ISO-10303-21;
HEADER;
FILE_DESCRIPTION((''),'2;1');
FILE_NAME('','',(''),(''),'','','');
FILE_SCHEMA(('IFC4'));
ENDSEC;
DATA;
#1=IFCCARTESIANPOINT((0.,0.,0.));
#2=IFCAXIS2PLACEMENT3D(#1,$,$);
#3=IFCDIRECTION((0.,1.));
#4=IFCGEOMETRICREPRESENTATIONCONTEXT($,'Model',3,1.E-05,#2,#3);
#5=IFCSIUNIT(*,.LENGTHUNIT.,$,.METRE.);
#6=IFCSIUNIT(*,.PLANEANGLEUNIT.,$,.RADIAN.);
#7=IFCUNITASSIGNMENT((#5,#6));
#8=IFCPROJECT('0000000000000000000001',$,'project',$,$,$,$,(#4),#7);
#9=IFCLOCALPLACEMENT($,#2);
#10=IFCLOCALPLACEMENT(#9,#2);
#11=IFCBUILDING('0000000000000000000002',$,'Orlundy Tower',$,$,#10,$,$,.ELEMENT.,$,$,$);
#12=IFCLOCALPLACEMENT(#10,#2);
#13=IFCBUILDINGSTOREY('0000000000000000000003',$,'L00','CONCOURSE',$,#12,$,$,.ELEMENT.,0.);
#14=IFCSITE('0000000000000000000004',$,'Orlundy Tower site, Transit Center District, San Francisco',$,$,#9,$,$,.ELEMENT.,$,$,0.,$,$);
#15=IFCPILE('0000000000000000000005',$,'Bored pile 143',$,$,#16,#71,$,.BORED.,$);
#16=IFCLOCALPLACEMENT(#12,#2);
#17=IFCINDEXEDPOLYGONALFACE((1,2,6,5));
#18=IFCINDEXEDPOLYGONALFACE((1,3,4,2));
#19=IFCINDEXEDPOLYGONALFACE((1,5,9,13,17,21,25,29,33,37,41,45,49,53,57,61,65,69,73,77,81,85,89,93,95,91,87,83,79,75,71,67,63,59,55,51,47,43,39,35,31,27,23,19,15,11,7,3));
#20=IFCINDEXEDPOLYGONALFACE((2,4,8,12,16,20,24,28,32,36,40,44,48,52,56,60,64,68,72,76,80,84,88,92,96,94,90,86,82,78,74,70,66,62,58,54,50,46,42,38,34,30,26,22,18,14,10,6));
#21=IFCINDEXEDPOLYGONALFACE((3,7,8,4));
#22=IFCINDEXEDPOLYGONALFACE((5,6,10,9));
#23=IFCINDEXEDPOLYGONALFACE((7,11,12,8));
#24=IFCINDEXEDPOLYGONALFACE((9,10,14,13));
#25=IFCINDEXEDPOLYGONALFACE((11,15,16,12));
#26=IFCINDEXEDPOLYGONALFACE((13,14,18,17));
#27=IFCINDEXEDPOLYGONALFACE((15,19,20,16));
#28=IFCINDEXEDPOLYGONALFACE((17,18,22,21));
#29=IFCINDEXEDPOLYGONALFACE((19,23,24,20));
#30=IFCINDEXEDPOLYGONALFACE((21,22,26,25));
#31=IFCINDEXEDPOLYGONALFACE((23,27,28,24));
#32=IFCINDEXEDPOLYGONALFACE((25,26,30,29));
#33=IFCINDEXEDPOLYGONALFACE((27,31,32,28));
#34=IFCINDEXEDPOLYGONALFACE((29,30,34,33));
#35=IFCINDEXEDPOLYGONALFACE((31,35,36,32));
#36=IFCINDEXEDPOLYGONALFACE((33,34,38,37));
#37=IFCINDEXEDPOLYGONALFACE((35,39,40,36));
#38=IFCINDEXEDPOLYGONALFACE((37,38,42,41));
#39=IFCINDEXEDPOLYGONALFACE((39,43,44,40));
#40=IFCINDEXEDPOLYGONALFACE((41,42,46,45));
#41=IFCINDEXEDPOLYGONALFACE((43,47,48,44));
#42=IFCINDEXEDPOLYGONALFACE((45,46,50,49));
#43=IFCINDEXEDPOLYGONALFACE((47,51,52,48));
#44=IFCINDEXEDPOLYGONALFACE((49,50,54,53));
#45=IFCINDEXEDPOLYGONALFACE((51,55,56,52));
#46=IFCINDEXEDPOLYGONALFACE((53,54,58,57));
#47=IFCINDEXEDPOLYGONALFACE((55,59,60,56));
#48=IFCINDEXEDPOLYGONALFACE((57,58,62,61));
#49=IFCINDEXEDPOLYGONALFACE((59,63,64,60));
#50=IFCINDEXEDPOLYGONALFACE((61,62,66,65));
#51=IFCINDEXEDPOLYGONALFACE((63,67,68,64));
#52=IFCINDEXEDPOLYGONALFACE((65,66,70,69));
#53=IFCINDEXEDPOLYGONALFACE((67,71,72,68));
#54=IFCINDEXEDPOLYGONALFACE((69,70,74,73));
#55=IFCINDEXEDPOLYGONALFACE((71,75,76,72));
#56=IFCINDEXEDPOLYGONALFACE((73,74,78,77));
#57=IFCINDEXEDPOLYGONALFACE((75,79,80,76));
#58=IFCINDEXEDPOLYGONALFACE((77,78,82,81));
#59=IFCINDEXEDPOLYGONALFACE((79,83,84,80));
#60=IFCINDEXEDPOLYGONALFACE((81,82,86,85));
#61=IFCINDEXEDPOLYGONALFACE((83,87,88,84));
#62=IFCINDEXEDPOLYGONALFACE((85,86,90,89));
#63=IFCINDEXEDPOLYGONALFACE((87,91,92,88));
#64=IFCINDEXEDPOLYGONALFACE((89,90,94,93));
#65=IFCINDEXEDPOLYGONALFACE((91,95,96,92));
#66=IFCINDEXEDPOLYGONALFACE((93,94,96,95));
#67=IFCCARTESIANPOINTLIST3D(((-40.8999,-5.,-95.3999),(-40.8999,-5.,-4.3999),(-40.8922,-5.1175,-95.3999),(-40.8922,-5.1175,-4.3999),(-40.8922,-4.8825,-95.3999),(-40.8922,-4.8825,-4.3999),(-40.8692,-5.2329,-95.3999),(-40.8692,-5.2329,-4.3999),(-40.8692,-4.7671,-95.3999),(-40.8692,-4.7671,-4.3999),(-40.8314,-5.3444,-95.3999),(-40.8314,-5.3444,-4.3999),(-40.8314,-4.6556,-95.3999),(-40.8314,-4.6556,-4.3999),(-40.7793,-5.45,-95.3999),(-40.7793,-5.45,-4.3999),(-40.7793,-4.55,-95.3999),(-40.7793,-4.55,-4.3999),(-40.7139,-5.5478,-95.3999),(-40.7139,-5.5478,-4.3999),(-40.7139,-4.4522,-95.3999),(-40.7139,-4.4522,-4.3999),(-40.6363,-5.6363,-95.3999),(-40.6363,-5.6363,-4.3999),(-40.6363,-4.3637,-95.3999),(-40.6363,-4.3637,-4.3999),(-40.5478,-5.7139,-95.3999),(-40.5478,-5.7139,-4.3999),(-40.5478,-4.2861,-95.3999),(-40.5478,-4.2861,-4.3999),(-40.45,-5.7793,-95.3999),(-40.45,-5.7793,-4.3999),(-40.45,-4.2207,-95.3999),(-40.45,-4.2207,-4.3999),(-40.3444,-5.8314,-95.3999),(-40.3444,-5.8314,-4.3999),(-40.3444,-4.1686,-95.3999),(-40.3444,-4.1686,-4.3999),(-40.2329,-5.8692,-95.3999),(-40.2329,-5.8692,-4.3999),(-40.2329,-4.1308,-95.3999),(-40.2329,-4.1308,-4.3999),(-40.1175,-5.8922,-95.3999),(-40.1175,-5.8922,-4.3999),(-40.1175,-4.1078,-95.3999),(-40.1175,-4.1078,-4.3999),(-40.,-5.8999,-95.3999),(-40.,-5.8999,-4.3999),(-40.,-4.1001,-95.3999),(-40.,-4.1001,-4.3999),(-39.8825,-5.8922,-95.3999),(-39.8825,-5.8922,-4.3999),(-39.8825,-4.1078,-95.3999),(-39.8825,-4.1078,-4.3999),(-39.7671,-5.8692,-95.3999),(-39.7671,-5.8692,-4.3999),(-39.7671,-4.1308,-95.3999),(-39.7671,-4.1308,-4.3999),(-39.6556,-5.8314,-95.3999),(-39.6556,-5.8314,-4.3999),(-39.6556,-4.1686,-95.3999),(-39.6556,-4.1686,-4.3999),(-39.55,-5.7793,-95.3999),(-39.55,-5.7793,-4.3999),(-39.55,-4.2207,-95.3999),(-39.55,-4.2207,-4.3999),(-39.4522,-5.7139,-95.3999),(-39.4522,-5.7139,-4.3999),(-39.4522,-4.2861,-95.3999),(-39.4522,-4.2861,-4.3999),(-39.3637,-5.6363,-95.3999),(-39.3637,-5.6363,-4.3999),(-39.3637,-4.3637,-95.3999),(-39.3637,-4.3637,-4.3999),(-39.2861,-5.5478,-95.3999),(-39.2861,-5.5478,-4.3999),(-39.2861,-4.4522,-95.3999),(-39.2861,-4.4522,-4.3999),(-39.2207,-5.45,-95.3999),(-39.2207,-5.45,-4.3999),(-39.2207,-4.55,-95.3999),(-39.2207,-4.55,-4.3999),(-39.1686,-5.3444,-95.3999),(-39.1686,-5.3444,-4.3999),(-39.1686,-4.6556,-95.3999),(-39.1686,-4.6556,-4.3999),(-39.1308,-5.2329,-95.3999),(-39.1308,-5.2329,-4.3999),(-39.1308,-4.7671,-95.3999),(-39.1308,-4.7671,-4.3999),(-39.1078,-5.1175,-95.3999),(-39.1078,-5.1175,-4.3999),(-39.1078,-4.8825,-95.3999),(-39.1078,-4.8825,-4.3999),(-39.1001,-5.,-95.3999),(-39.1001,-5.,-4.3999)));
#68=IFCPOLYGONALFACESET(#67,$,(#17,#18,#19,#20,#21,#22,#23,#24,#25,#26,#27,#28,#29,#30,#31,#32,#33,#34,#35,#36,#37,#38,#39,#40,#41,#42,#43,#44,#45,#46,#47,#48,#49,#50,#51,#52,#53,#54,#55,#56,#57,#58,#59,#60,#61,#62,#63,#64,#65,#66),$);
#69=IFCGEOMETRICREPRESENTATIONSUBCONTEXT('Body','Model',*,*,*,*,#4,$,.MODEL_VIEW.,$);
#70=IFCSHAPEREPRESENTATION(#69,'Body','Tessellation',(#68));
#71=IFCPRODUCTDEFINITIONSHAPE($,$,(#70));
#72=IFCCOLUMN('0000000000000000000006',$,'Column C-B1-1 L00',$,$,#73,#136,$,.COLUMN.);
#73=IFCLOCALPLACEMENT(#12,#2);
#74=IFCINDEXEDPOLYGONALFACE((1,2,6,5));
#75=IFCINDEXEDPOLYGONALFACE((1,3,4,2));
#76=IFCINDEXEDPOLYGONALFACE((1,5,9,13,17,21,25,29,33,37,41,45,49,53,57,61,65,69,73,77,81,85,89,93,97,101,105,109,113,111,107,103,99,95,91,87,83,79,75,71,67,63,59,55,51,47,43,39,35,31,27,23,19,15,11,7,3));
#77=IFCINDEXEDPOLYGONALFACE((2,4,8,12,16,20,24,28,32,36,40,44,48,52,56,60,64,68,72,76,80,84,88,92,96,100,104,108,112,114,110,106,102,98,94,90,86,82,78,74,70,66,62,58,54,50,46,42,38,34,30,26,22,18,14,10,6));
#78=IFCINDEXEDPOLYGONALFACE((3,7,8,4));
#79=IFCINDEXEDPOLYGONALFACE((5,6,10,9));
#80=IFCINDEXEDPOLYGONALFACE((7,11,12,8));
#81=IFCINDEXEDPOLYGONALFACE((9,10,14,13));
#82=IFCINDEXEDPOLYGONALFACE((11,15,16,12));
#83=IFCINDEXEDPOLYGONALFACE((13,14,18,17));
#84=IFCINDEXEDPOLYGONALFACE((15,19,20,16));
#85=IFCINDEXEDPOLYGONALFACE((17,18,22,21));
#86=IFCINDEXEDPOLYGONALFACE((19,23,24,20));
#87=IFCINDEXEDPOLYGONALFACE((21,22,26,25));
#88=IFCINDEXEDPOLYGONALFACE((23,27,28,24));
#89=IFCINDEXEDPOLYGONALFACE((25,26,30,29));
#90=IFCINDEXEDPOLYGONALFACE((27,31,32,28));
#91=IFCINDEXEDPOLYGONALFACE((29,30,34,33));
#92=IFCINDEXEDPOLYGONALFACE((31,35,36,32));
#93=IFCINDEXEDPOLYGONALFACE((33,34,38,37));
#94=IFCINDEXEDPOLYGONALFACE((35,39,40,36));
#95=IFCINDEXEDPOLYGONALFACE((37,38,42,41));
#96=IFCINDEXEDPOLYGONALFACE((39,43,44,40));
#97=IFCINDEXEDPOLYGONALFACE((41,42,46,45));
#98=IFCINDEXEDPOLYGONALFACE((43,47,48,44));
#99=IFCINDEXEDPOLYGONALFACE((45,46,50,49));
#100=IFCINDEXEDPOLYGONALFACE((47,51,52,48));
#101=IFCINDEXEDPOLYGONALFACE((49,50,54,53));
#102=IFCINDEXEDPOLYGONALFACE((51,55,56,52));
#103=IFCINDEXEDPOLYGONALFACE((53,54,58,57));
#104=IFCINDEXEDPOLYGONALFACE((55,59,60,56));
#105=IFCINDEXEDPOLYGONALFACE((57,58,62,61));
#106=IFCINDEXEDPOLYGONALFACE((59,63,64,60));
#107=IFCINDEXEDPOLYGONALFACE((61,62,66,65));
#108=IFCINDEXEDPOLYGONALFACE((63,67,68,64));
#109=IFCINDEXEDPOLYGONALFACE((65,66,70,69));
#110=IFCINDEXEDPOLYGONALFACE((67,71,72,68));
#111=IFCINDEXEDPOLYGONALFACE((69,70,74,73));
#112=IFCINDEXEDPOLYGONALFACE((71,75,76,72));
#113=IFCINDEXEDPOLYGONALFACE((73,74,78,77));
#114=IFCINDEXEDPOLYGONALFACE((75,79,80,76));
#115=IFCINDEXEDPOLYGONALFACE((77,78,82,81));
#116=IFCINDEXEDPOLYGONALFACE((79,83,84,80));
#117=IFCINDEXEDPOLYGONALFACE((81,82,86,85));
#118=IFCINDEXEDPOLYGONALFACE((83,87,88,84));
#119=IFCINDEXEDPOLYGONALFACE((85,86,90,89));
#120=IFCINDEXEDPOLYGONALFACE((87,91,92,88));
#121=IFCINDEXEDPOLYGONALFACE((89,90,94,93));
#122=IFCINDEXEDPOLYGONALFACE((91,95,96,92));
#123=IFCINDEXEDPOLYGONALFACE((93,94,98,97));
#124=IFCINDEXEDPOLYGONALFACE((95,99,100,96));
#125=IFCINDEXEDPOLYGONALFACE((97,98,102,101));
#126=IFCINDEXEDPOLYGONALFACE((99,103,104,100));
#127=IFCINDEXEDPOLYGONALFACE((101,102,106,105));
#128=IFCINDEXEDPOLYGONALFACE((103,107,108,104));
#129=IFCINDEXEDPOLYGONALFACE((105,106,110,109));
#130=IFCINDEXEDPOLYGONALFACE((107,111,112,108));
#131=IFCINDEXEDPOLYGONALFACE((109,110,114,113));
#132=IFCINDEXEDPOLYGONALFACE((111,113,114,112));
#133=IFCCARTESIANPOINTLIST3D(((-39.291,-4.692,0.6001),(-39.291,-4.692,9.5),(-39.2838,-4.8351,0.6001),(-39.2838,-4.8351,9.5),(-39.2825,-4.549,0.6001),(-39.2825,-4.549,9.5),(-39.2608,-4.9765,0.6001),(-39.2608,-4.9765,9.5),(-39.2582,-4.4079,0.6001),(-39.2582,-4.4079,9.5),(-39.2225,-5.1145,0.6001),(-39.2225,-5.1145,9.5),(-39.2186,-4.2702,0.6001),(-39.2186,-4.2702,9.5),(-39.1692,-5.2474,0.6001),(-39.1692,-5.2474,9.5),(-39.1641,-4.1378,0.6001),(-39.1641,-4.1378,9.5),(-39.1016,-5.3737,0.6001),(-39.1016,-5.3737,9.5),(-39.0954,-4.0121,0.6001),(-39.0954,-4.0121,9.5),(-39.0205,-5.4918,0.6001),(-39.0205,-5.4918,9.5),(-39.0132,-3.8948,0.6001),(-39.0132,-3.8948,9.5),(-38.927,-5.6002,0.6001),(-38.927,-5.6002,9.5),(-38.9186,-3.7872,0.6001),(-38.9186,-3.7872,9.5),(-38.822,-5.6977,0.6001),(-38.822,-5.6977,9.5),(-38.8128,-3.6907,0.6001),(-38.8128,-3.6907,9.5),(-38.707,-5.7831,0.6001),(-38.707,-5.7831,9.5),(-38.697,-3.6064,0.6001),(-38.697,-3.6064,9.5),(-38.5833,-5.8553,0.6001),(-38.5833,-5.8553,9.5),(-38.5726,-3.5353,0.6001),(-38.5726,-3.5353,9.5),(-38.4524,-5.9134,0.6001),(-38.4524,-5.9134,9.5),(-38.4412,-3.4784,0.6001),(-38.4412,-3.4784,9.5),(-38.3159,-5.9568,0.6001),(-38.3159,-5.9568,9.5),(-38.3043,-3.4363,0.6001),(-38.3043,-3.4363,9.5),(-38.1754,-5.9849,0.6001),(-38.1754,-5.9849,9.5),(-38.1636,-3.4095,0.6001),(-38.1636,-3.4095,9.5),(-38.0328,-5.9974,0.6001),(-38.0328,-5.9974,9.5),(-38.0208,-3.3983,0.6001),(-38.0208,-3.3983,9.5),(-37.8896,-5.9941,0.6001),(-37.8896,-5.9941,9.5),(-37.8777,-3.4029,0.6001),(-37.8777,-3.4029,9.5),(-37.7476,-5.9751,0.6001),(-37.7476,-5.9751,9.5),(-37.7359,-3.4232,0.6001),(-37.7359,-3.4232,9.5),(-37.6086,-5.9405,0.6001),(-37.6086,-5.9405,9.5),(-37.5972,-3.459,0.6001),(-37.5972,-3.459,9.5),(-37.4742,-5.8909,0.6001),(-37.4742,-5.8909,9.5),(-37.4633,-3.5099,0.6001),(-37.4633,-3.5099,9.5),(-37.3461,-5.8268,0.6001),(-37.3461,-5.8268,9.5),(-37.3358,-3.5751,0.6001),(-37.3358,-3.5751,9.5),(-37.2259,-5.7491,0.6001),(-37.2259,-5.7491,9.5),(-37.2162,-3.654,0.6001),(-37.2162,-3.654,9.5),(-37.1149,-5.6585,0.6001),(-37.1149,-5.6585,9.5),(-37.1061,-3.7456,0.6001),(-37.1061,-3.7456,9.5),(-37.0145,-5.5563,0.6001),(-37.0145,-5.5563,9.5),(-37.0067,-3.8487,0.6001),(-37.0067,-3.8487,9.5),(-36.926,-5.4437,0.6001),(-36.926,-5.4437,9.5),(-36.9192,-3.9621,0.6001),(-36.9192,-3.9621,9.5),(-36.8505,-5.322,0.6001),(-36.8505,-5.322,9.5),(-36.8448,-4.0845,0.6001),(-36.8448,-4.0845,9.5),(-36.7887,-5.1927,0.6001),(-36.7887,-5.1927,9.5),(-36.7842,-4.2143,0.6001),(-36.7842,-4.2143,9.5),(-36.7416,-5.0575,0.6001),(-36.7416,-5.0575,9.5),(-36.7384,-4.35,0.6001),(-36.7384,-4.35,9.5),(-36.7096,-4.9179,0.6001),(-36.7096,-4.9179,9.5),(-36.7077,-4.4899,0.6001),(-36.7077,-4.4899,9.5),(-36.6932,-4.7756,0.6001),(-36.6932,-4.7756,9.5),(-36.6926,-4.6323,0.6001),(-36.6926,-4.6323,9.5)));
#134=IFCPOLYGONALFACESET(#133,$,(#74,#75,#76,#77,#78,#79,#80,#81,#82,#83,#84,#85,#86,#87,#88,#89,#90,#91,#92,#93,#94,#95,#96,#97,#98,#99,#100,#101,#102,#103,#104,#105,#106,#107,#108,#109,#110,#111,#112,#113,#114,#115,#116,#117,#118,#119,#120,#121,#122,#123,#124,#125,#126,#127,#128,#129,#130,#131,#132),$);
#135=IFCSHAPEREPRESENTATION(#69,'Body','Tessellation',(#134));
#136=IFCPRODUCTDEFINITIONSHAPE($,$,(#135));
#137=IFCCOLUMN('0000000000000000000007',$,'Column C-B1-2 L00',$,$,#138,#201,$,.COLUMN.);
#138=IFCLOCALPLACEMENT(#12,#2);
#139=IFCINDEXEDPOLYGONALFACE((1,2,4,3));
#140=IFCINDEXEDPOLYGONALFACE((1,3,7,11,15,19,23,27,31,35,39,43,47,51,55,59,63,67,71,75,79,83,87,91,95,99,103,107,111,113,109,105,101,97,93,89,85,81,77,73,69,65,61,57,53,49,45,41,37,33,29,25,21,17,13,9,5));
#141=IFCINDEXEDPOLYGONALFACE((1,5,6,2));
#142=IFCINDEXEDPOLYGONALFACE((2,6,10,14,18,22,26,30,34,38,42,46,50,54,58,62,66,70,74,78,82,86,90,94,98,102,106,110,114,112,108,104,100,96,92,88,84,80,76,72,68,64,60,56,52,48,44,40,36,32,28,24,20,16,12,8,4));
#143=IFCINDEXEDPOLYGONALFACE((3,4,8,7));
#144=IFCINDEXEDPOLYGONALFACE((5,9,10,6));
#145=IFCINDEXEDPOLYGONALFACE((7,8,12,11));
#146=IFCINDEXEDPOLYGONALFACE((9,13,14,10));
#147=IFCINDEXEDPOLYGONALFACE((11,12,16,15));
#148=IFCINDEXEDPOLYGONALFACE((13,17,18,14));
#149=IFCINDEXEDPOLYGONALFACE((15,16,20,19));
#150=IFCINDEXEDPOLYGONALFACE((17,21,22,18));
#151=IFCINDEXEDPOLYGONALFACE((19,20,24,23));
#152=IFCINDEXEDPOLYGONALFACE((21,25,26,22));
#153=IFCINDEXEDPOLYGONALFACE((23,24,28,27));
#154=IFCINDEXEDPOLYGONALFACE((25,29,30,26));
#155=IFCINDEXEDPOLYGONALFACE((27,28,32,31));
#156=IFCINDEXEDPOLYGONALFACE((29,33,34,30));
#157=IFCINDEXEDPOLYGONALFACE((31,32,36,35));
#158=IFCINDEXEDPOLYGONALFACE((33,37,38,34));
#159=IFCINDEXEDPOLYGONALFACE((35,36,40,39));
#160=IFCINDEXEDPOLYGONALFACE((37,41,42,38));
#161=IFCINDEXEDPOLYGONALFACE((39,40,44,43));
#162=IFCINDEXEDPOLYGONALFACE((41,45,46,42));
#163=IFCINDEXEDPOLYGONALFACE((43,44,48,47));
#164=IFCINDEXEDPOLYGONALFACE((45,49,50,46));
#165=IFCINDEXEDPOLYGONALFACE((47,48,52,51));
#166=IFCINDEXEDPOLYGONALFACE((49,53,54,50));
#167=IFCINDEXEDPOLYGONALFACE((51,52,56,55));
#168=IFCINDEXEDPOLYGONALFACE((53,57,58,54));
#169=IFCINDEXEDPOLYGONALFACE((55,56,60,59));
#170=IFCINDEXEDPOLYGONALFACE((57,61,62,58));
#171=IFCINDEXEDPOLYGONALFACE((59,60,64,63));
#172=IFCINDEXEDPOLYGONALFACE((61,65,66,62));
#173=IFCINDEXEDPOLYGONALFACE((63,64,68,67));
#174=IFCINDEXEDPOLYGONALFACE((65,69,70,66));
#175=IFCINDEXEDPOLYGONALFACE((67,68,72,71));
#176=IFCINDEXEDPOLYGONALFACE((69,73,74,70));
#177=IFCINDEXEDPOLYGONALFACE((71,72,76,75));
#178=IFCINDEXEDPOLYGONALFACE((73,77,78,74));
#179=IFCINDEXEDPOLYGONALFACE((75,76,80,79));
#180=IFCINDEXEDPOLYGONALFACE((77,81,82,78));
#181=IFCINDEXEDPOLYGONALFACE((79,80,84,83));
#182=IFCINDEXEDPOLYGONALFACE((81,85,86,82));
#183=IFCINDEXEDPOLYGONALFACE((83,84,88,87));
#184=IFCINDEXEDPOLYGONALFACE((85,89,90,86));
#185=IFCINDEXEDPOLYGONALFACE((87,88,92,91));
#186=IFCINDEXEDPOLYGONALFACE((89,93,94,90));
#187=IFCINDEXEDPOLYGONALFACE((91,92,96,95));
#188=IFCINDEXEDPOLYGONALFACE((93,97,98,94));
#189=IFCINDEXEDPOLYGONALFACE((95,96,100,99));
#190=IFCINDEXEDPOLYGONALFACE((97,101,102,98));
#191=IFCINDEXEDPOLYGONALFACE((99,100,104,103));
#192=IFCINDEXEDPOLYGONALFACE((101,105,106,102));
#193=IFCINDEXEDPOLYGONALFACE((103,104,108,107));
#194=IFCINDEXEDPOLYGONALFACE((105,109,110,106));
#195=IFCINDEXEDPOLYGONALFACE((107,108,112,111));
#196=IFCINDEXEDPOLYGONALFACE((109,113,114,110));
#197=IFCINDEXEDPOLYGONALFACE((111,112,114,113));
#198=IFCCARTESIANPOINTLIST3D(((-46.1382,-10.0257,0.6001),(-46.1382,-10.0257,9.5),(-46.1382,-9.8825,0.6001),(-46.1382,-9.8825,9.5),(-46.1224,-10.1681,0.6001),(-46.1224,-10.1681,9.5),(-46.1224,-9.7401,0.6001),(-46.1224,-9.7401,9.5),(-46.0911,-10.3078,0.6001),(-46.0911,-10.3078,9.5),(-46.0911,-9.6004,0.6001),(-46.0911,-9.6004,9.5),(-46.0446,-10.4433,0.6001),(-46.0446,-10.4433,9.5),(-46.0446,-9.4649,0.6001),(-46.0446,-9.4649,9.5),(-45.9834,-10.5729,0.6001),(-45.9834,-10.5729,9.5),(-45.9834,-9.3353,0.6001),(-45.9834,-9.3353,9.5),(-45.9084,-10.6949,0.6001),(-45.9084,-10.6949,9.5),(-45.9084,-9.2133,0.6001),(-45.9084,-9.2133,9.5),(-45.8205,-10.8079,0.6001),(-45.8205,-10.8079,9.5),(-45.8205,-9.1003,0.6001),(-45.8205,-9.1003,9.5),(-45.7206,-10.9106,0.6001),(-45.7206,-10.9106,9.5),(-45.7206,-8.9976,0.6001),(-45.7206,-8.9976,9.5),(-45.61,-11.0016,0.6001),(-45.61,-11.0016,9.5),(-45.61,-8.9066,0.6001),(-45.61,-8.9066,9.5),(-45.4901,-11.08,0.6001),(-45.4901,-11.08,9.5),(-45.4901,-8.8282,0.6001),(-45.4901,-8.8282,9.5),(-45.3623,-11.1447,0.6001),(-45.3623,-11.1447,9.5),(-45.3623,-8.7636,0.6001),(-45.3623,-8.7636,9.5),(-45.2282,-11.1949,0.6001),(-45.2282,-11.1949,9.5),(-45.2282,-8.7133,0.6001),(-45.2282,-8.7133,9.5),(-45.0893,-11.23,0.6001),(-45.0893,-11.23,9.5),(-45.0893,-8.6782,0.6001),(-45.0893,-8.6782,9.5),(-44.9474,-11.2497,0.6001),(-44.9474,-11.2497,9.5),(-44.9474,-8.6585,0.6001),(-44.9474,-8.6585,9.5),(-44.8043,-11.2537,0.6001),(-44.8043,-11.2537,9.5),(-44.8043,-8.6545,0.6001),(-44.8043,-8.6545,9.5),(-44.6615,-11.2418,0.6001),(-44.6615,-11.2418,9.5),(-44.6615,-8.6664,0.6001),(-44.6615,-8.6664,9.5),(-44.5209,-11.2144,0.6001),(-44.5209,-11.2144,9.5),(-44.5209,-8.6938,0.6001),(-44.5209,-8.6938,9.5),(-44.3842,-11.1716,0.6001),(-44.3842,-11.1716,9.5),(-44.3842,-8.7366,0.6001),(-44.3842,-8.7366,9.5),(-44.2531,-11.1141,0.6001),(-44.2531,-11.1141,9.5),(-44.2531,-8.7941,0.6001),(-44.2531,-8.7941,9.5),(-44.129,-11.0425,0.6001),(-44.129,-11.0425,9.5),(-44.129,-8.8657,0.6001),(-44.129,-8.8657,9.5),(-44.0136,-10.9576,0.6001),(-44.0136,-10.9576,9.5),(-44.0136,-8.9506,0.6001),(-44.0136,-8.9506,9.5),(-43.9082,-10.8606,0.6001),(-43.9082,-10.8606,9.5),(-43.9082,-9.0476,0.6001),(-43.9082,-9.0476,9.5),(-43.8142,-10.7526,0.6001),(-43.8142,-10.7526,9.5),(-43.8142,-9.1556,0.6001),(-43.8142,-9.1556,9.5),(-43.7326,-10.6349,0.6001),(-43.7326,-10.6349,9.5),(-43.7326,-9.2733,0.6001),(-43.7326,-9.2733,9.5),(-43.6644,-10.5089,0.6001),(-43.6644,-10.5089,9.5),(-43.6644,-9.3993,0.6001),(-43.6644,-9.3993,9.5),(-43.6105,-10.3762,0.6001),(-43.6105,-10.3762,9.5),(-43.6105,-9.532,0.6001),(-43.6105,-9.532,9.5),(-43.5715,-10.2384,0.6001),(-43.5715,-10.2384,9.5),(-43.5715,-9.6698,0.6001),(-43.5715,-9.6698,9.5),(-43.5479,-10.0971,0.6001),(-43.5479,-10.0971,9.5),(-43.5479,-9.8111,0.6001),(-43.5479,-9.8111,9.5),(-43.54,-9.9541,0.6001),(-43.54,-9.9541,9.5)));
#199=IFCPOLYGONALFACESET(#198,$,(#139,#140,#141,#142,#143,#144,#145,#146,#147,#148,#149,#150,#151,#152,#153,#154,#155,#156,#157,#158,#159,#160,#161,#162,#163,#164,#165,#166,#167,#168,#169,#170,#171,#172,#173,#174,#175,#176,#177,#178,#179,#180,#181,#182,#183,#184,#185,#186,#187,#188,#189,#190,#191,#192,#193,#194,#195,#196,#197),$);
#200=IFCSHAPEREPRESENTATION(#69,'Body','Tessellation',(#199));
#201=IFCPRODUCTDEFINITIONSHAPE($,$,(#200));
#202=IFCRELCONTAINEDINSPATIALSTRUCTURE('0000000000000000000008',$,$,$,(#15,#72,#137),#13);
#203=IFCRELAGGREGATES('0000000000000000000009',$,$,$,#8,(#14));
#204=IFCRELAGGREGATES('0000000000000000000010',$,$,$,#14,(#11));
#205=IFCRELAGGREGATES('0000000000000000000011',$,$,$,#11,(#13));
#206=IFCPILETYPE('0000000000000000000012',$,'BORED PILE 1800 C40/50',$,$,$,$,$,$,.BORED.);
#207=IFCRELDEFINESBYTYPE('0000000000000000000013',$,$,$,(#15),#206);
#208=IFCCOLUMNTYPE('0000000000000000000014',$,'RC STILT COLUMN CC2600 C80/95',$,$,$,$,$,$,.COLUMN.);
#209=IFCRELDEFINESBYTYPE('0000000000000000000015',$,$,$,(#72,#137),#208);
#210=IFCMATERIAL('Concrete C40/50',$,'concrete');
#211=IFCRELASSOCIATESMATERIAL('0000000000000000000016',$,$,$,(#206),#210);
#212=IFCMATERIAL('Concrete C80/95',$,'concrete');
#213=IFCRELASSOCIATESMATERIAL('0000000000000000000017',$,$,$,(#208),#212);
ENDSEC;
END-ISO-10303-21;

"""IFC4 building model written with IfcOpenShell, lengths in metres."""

from ifc_helpers import new_model, si_unit, direction, frame, origin, origin_2d, place, context, subcontext, project, spatial, circle, extrude, material, material_profile, profile_set, type_object, element, save


model = new_model("IFC4")

# Units and contexts
model_context = context("Model", 3, precision=1e-05, world=origin(), true_north=direction((0.0, 1.0)))
body_context = subcontext(model_context, "Body", "Model", "MODEL_VIEW")
ifc_project = project(units=[si_unit("LENGTHUNIT", "METRE"), si_unit("PLANEANGLEUNIT", "RADIAN")], contexts=[model_context])

# Site, building, storey
site_placement = place(None, origin())
site = spatial("IfcSite", under=ifc_project, at=site_placement, Name="Orlundy Tower site, Transit Center District, San Francisco", CompositionType="ELEMENT", RefElevation=0.0)
building_placement = place(site_placement, origin())
building = spatial("IfcBuilding", under=site, at=building_placement, Name="Orlundy Tower", CompositionType="ELEMENT")
storey_placement = place(building_placement, origin())
storey = spatial("IfcBuildingStorey", under=building, at=storey_placement, Name="L00", Description="CONCOURSE", CompositionType="ELEMENT", Elevation=0.0)

# Pile
ifc_material_1 = material(Name="Concrete C40/50", Category="concrete")
ifc_material_profile_1 = material_profile(ifc_material_1, circle(Radius=0.8999, at=origin_2d()), Name="BP1800")
ifc_profile_set_1 = profile_set([ifc_material_profile_1], Name="Concrete C40/50")
pile_type = type_object("IfcPileType", Name="BORED PILE 1800 C40/50", PredefinedType="BORED", material=ifc_profile_set_1)
for number, where, z_axis, x_axis, name in (
    (1, (-40.0, -5.0, -4.3999), (0.0, 0.0, -1.0), (1.0, 0.0, 0.0), "Bored pile 143"),
):
    element("IfcPile", number, at=place(storey_placement, frame(where, z_axis=z_axis, x_axis=x_axis)), inside=storey, type_object=pile_type, Name=name, PredefinedType="BORED", context=body_context, shape_type="SweptSolid", body=[
        extrude(circle(Radius=0.8999, at=origin_2d()), origin(), (0.0, 0.0, 1.0), 91.0),
    ])

# Columns
ifc_material_2 = material(Name="Concrete C80/95", Category="concrete")
ifc_material_profile_2 = material_profile(ifc_material_2, circle(Radius=1.3, at=origin_2d()), Name="CC2600")
ifc_profile_set_2 = profile_set([ifc_material_profile_2], Name="Concrete C80/95")
column_type = type_object("IfcColumnType", Name="RC STILT COLUMN CC2600 C80/95", PredefinedType="COLUMN", material=ifc_profile_set_2)
for number, where, z_axis, x_axis, name in (
    (2, (-37.991, -4.698, 0.6001), (0.0, 0.0, 1.0), (0.087156, 0.996195, 0.0), "Column C-B1-1 L00"),
    (3, (-44.8401, -9.9541, 0.6001), (0.0, 0.0, 1.0), (1.0, 0.0, 0.0), "Column C-B1-2 L00"),
):
    element("IfcColumn", number, at=place(storey_placement, frame(where, z_axis=z_axis, x_axis=x_axis)), inside=storey, type_object=column_type, Name=name, PredefinedType="COLUMN", context=body_context, shape_type="SweptSolid", body=[
        extrude(circle(Radius=1.3, at=origin_2d()), origin(), (0.0, 0.0, 1.0), 8.8999),
    ])

save(model, "model.ifc")
